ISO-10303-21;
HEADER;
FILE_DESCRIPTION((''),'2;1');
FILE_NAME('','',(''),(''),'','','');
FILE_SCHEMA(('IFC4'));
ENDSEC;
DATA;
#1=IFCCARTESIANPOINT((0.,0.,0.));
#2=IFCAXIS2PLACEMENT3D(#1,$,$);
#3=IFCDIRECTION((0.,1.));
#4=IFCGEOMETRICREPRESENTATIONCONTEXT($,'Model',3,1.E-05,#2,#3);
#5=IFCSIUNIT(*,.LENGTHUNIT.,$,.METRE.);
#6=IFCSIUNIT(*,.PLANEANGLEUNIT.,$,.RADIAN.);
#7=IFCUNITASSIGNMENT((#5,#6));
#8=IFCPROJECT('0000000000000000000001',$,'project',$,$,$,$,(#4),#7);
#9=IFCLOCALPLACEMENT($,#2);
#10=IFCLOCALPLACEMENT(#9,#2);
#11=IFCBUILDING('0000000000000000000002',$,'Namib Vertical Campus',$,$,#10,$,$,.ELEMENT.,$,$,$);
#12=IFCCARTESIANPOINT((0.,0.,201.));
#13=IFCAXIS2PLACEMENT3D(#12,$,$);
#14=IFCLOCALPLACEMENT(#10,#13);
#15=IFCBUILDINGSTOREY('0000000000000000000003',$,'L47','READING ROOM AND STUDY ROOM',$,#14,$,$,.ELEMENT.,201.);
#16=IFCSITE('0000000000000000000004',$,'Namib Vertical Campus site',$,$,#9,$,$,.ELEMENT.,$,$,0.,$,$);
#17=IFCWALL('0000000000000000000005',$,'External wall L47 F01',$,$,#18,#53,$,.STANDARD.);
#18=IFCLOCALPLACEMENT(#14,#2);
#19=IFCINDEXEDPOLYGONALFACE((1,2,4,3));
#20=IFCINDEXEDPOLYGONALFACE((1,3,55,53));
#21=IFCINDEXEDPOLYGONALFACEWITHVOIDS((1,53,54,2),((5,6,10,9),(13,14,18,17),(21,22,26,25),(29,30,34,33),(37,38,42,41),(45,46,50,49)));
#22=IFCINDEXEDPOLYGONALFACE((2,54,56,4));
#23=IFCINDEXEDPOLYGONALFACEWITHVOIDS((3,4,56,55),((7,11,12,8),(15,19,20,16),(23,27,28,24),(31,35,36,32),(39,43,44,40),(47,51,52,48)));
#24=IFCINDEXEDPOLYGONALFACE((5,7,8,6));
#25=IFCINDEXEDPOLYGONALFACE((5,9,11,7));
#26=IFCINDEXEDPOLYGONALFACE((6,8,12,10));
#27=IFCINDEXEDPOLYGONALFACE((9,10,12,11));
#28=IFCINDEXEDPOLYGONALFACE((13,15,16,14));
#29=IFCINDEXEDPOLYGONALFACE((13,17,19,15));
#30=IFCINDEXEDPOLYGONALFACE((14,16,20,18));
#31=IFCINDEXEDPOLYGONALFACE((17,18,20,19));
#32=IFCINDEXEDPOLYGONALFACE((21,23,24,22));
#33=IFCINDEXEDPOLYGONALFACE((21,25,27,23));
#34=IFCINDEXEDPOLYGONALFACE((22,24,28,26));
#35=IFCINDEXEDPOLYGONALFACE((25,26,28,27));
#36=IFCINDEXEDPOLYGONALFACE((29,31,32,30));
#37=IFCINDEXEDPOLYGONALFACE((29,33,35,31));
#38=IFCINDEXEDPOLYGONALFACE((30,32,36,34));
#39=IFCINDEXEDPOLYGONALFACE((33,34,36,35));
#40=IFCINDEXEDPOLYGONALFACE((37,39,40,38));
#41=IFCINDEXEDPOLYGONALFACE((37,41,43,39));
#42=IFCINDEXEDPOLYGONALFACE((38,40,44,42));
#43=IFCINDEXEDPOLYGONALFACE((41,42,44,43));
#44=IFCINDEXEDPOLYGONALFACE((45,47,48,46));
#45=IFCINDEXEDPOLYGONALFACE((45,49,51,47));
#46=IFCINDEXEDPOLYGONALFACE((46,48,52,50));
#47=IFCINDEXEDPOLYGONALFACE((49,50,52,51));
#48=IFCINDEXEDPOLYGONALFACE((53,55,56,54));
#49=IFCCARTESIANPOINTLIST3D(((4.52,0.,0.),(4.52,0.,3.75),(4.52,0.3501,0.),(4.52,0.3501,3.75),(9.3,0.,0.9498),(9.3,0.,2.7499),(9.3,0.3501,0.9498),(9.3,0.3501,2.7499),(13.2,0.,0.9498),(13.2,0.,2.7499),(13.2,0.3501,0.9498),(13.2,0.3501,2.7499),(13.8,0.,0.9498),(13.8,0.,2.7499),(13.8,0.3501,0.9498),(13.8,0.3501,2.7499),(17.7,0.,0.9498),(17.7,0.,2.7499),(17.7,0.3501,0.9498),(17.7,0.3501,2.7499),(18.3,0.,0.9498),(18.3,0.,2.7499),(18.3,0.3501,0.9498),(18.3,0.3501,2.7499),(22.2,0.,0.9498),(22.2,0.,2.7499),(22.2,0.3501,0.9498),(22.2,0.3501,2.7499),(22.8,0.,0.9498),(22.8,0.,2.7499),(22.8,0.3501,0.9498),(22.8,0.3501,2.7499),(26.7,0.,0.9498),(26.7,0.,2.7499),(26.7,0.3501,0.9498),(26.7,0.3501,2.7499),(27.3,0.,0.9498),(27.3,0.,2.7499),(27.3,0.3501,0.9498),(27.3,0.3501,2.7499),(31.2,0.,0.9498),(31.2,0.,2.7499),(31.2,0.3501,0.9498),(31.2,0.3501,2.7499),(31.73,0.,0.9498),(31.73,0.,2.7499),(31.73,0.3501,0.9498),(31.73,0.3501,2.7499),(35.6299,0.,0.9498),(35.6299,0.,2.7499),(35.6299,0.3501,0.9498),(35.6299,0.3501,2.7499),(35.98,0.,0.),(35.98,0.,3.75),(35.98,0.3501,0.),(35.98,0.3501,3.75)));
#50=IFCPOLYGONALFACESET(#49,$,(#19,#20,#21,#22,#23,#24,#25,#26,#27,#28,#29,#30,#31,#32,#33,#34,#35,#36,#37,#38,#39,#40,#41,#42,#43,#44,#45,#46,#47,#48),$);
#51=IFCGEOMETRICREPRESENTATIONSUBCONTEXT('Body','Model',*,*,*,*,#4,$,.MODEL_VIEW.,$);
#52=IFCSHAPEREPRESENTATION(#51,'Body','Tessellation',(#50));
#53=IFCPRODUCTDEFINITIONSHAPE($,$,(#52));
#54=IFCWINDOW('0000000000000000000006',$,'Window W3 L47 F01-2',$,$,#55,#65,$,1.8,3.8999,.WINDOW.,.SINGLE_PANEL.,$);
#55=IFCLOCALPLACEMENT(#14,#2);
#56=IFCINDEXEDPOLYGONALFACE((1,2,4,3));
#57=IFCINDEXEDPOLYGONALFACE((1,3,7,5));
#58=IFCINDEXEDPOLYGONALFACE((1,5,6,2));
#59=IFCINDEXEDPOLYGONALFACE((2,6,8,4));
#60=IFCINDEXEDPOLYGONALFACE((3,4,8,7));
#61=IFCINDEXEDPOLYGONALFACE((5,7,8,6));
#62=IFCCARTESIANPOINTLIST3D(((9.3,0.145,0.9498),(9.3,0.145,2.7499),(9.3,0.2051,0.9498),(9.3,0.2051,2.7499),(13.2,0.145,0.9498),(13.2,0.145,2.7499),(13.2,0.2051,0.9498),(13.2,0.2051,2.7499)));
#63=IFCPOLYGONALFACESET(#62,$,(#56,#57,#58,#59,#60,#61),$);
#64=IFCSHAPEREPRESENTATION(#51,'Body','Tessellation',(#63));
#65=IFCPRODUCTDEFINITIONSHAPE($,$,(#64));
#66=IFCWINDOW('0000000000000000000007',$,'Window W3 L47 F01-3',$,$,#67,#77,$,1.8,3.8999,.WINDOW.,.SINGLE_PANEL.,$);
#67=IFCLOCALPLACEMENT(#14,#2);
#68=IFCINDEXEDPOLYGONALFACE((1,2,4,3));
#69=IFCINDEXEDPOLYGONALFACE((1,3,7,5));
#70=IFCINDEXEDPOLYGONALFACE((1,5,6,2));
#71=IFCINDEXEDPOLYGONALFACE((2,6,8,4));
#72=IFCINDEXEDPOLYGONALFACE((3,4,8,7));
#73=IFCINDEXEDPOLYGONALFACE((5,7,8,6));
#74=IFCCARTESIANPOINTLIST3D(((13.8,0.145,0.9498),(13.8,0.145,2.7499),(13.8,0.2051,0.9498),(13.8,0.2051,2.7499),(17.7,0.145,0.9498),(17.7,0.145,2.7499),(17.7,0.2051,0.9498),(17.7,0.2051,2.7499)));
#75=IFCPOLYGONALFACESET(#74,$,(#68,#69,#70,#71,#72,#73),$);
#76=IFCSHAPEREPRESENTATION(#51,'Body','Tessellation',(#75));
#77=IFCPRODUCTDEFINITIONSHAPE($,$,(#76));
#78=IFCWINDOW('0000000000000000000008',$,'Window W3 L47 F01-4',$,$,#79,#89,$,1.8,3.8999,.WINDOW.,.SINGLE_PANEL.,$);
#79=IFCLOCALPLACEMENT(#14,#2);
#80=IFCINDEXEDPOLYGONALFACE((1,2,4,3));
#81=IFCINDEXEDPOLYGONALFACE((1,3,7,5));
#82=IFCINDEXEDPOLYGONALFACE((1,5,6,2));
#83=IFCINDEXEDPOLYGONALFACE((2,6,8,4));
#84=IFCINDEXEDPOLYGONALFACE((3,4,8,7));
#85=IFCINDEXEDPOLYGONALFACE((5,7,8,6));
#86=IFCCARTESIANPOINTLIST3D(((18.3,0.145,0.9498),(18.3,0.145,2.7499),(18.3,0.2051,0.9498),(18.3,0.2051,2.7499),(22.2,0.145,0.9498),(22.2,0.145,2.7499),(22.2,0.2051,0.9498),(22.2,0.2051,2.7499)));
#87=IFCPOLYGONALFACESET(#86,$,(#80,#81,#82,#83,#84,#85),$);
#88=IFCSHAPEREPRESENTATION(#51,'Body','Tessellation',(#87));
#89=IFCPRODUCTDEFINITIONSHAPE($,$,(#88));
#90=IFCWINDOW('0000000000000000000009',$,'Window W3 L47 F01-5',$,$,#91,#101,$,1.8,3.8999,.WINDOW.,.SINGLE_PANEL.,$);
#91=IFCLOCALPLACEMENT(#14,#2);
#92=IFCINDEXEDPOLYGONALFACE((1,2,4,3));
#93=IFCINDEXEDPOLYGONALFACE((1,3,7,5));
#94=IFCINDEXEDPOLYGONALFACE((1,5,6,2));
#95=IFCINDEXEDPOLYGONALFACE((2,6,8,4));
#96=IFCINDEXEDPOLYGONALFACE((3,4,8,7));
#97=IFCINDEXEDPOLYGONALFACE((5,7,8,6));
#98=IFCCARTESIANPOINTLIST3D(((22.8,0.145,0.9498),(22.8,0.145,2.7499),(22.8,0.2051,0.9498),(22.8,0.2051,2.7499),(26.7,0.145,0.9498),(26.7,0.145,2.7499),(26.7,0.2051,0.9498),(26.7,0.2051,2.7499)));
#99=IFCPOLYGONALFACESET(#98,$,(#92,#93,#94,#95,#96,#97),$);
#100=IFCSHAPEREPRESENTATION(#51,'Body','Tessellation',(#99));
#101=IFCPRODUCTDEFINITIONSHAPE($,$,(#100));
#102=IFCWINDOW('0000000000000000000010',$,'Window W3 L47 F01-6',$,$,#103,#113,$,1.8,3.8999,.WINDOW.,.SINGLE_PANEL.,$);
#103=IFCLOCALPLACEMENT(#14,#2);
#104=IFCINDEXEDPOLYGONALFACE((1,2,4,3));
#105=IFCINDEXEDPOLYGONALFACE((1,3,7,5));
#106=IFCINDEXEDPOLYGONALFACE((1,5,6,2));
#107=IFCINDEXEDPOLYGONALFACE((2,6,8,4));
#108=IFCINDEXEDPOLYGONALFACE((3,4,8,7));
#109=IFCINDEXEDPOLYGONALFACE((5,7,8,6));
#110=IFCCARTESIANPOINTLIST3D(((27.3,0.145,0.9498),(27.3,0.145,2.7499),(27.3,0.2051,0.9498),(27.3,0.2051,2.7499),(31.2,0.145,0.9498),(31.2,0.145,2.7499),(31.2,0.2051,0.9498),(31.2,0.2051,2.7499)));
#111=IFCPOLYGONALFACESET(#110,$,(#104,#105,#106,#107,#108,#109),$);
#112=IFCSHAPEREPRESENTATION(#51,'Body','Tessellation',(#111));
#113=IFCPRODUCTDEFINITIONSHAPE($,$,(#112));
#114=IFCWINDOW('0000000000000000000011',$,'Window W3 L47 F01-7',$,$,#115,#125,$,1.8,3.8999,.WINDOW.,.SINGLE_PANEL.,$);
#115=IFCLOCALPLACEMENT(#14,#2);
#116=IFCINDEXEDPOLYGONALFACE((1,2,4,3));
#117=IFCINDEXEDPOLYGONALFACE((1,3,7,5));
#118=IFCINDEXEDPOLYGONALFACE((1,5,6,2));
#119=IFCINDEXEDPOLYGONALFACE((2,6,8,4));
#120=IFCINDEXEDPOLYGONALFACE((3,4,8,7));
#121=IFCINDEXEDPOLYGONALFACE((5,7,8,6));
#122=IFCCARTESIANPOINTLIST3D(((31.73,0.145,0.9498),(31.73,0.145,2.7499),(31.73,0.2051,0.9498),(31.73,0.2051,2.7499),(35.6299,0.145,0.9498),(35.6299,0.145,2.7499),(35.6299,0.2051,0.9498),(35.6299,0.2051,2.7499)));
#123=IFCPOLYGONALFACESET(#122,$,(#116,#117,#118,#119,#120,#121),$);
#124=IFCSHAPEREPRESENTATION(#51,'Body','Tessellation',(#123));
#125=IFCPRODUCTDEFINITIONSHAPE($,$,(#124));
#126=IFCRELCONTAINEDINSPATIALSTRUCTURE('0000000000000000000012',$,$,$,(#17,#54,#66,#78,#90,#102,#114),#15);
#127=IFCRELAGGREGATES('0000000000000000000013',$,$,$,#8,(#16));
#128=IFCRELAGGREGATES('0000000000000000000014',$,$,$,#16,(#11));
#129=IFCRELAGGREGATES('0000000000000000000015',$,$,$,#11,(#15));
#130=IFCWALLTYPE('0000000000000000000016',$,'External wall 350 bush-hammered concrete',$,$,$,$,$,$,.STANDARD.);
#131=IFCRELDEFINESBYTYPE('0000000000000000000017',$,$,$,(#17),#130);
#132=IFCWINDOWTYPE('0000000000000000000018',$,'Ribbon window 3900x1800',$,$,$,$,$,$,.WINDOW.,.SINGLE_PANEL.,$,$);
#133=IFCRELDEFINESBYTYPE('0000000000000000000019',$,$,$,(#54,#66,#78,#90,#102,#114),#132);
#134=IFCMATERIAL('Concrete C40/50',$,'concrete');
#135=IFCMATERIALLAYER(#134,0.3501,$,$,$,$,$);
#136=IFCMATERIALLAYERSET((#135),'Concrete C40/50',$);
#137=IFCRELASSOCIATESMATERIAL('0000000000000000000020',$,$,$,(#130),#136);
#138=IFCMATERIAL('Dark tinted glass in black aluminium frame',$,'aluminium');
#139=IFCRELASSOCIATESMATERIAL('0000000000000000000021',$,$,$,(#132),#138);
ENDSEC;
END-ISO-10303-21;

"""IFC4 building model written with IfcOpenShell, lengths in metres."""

from ifc_helpers import new_model, si_unit, direction, frame, frame_2d, origin, place, context, subcontext, project, spatial, rectangle, extrude, material, layer, layer_set, type_object, element, fill, save


model = new_model("IFC4")

# Units and contexts
model_context = context("Model", 3, precision=1e-05, world=origin(), true_north=direction((0.0, 1.0)))
body_context = subcontext(model_context, "Body", "Model", "MODEL_VIEW")
ifc_project = project(units=[si_unit("LENGTHUNIT", "METRE"), si_unit("PLANEANGLEUNIT", "RADIAN")], contexts=[model_context])

# Site, building, storey
site_placement = place(None, origin())
site = spatial("IfcSite", under=ifc_project, at=site_placement, Name="Namib Vertical Campus site", CompositionType="ELEMENT", RefElevation=0.0)
building_placement = place(site_placement, origin())
building = spatial("IfcBuilding", under=site, at=building_placement, Name="Namib Vertical Campus", CompositionType="ELEMENT")
storey_placement = place(building_placement, frame((0.0, 0.0, 201.0)))
storey = spatial("IfcBuildingStorey", under=building, at=storey_placement, Name="L47", Description="READING ROOM AND STUDY ROOM", CompositionType="ELEMENT", Elevation=201.0)

# Wall, openings, windows
ifc_material_1 = material(Name="Concrete C40/50", Category="concrete")
ifc_layer_1 = layer(ifc_material_1, 0.3501)
ifc_layer_set_1 = layer_set([ifc_layer_1], Name="Concrete C40/50")
wall_type = type_object("IfcWallType", Name="External wall 350 bush-hammered concrete", PredefinedType="STANDARD", material=ifc_layer_set_1)
wall_placement = place(storey_placement, frame((4.52, 0.175, 0.0), z_axis=(0.0, 0.0, 1.0), x_axis=(1.0, 0.0, 0.0)))
wall = element("IfcWall", 1, at=wall_placement, inside=storey, type_object=wall_type, Name="External wall L47 F01", PredefinedType="STANDARD", context=body_context, shape_type="SweptSolid", body=[
    extrude(rectangle(XDim=31.46, YDim=0.3501, at=frame_2d((15.73, 0.0))), origin(), (0.0, 0.0, 1.0), 3.75),
])
opening_1_placement = place(wall_placement, frame((4.78, 0.0, 0.95)))
opening_1 = element("IfcOpeningElement", 2, at=opening_1_placement, cuts=wall, PredefinedType="OPENING", context=body_context, shape_type="SweptSolid", body=[
    extrude(rectangle(XDim=3.8999, YDim=1.8, at=frame_2d((1.95, 0.8999))), frame((0.0, 0.1851, 0.0), z_axis=(0.0, -1.0, 0.0), x_axis=(1.0, 0.0, 0.0)), (0.0, 0.0, 1.0), 0.3701),
])
opening_2_placement = place(wall_placement, frame((9.28, 0.0, 0.95)))
opening_2 = element("IfcOpeningElement", 3, at=opening_2_placement, cuts=wall, PredefinedType="OPENING", context=body_context, shape_type="SweptSolid", body=[
    extrude(rectangle(XDim=3.8999, YDim=1.8, at=frame_2d((1.95, 0.8999))), frame((0.0, 0.1851, 0.0), z_axis=(0.0, -1.0, 0.0), x_axis=(1.0, 0.0, 0.0)), (0.0, 0.0, 1.0), 0.3701),
])
opening_3_placement = place(wall_placement, frame((13.78, 0.0, 0.95)))
opening_3 = element("IfcOpeningElement", 4, at=opening_3_placement, cuts=wall, PredefinedType="OPENING", context=body_context, shape_type="SweptSolid", body=[
    extrude(rectangle(XDim=3.8999, YDim=1.8, at=frame_2d((1.95, 0.8999))), frame((0.0, 0.1851, 0.0), z_axis=(0.0, -1.0, 0.0), x_axis=(1.0, 0.0, 0.0)), (0.0, 0.0, 1.0), 0.3701),
])
opening_4_placement = place(wall_placement, frame((18.28, 0.0, 0.95)))
opening_4 = element("IfcOpeningElement", 5, at=opening_4_placement, cuts=wall, PredefinedType="OPENING", context=body_context, shape_type="SweptSolid", body=[
    extrude(rectangle(XDim=3.8999, YDim=1.8, at=frame_2d((1.95, 0.8999))), frame((0.0, 0.1851, 0.0), z_axis=(0.0, -1.0, 0.0), x_axis=(1.0, 0.0, 0.0)), (0.0, 0.0, 1.0), 0.3701),
])
opening_5_placement = place(wall_placement, frame((22.78, 0.0, 0.95)))
opening_5 = element("IfcOpeningElement", 6, at=opening_5_placement, cuts=wall, PredefinedType="OPENING", context=body_context, shape_type="SweptSolid", body=[
    extrude(rectangle(XDim=3.8999, YDim=1.8, at=frame_2d((1.95, 0.8999))), frame((0.0, 0.1851, 0.0), z_axis=(0.0, -1.0, 0.0), x_axis=(1.0, 0.0, 0.0)), (0.0, 0.0, 1.0), 0.3701),
])
opening_6_placement = place(wall_placement, frame((27.21, 0.0, 0.95)))
opening_6 = element("IfcOpeningElement", 7, at=opening_6_placement, cuts=wall, PredefinedType="OPENING", context=body_context, shape_type="SweptSolid", body=[
    extrude(rectangle(XDim=3.8999, YDim=1.8, at=frame_2d((1.95, 0.8999))), frame((0.0, 0.1851, 0.0), z_axis=(0.0, -1.0, 0.0), x_axis=(1.0, 0.0, 0.0)), (0.0, 0.0, 1.0), 0.3701),
])
ifc_material_2 = material(Name="Dark tinted glass in black aluminium frame", Category="aluminium")
window_type = type_object("IfcWindowType", Name="Ribbon window 3900x1800", PartitioningType="SINGLE_PANEL", PredefinedType="WINDOW", material=ifc_material_2)
window_1_placement = place(opening_1_placement, origin())
window_1 = element("IfcWindow", 8, at=window_1_placement, inside=storey, type_object=window_type, Name="Window W3 L47 F01-2", OverallHeight=1.8, OverallWidth=3.8999, PartitioningType="SINGLE_PANEL", PredefinedType="WINDOW", context=body_context, shape_type="SweptSolid", body=[
    extrude(rectangle(XDim=3.8999, YDim=1.8, at=frame_2d((1.95, 0.8999))), frame((0.0, 0.03, 0.0), z_axis=(0.0, -1.0, 0.0), x_axis=(1.0, 0.0, 0.0)), (0.0, 0.0, 1.0), 0.0601),
])
fill(opening_1, window_1)
window_2_placement = place(opening_2_placement, origin())
window_2 = element("IfcWindow", 9, at=window_2_placement, inside=storey, type_object=window_type, Name="Window W3 L47 F01-3", OverallHeight=1.8, OverallWidth=3.8999, PartitioningType="SINGLE_PANEL", PredefinedType="WINDOW", context=body_context, shape_type="SweptSolid", body=[
    extrude(rectangle(XDim=3.8999, YDim=1.8, at=frame_2d((1.95, 0.8999))), frame((0.0, 0.03, 0.0), z_axis=(0.0, -1.0, 0.0), x_axis=(1.0, 0.0, 0.0)), (0.0, 0.0, 1.0), 0.0601),
])
fill(opening_2, window_2)
window_3_placement = place(opening_3_placement, origin())
window_3 = element("IfcWindow", 10, at=window_3_placement, inside=storey, type_object=window_type, Name="Window W3 L47 F01-4", OverallHeight=1.8, OverallWidth=3.8999, PartitioningType="SINGLE_PANEL", PredefinedType="WINDOW", context=body_context, shape_type="SweptSolid", body=[
    extrude(rectangle(XDim=3.8999, YDim=1.8, at=frame_2d((1.95, 0.8999))), frame((0.0, 0.03, 0.0), z_axis=(0.0, -1.0, 0.0), x_axis=(1.0, 0.0, 0.0)), (0.0, 0.0, 1.0), 0.0601),
])
fill(opening_3, window_3)
window_4_placement = place(opening_4_placement, origin())
window_4 = element("IfcWindow", 11, at=window_4_placement, inside=storey, type_object=window_type, Name="Window W3 L47 F01-5", OverallHeight=1.8, OverallWidth=3.8999, PartitioningType="SINGLE_PANEL", PredefinedType="WINDOW", context=body_context, shape_type="SweptSolid", body=[
    extrude(rectangle(XDim=3.8999, YDim=1.8, at=frame_2d((1.95, 0.8999))), frame((0.0, 0.03, 0.0), z_axis=(0.0, -1.0, 0.0), x_axis=(1.0, 0.0, 0.0)), (0.0, 0.0, 1.0), 0.0601),
])
fill(opening_4, window_4)
window_5_placement = place(opening_5_placement, origin())
window_5 = element("IfcWindow", 12, at=window_5_placement, inside=storey, type_object=window_type, Name="Window W3 L47 F01-6", OverallHeight=1.8, OverallWidth=3.8999, PartitioningType="SINGLE_PANEL", PredefinedType="WINDOW", context=body_context, shape_type="SweptSolid", body=[
    extrude(rectangle(XDim=3.8999, YDim=1.8, at=frame_2d((1.95, 0.8999))), frame((0.0, 0.03, 0.0), z_axis=(0.0, -1.0, 0.0), x_axis=(1.0, 0.0, 0.0)), (0.0, 0.0, 1.0), 0.0601),
])
fill(opening_5, window_5)
window_6_placement = place(opening_6_placement, origin())
window_6 = element("IfcWindow", 13, at=window_6_placement, inside=storey, type_object=window_type, Name="Window W3 L47 F01-7", OverallHeight=1.8, OverallWidth=3.8999, PartitioningType="SINGLE_PANEL", PredefinedType="WINDOW", context=body_context, shape_type="SweptSolid", body=[
    extrude(rectangle(XDim=3.8999, YDim=1.8, at=frame_2d((1.95, 0.8999))), frame((0.0, 0.03, 0.0), z_axis=(0.0, -1.0, 0.0), x_axis=(1.0, 0.0, 0.0)), (0.0, 0.0, 1.0), 0.0601),
])
fill(opening_6, window_6)

save(model, "model.ifc")
